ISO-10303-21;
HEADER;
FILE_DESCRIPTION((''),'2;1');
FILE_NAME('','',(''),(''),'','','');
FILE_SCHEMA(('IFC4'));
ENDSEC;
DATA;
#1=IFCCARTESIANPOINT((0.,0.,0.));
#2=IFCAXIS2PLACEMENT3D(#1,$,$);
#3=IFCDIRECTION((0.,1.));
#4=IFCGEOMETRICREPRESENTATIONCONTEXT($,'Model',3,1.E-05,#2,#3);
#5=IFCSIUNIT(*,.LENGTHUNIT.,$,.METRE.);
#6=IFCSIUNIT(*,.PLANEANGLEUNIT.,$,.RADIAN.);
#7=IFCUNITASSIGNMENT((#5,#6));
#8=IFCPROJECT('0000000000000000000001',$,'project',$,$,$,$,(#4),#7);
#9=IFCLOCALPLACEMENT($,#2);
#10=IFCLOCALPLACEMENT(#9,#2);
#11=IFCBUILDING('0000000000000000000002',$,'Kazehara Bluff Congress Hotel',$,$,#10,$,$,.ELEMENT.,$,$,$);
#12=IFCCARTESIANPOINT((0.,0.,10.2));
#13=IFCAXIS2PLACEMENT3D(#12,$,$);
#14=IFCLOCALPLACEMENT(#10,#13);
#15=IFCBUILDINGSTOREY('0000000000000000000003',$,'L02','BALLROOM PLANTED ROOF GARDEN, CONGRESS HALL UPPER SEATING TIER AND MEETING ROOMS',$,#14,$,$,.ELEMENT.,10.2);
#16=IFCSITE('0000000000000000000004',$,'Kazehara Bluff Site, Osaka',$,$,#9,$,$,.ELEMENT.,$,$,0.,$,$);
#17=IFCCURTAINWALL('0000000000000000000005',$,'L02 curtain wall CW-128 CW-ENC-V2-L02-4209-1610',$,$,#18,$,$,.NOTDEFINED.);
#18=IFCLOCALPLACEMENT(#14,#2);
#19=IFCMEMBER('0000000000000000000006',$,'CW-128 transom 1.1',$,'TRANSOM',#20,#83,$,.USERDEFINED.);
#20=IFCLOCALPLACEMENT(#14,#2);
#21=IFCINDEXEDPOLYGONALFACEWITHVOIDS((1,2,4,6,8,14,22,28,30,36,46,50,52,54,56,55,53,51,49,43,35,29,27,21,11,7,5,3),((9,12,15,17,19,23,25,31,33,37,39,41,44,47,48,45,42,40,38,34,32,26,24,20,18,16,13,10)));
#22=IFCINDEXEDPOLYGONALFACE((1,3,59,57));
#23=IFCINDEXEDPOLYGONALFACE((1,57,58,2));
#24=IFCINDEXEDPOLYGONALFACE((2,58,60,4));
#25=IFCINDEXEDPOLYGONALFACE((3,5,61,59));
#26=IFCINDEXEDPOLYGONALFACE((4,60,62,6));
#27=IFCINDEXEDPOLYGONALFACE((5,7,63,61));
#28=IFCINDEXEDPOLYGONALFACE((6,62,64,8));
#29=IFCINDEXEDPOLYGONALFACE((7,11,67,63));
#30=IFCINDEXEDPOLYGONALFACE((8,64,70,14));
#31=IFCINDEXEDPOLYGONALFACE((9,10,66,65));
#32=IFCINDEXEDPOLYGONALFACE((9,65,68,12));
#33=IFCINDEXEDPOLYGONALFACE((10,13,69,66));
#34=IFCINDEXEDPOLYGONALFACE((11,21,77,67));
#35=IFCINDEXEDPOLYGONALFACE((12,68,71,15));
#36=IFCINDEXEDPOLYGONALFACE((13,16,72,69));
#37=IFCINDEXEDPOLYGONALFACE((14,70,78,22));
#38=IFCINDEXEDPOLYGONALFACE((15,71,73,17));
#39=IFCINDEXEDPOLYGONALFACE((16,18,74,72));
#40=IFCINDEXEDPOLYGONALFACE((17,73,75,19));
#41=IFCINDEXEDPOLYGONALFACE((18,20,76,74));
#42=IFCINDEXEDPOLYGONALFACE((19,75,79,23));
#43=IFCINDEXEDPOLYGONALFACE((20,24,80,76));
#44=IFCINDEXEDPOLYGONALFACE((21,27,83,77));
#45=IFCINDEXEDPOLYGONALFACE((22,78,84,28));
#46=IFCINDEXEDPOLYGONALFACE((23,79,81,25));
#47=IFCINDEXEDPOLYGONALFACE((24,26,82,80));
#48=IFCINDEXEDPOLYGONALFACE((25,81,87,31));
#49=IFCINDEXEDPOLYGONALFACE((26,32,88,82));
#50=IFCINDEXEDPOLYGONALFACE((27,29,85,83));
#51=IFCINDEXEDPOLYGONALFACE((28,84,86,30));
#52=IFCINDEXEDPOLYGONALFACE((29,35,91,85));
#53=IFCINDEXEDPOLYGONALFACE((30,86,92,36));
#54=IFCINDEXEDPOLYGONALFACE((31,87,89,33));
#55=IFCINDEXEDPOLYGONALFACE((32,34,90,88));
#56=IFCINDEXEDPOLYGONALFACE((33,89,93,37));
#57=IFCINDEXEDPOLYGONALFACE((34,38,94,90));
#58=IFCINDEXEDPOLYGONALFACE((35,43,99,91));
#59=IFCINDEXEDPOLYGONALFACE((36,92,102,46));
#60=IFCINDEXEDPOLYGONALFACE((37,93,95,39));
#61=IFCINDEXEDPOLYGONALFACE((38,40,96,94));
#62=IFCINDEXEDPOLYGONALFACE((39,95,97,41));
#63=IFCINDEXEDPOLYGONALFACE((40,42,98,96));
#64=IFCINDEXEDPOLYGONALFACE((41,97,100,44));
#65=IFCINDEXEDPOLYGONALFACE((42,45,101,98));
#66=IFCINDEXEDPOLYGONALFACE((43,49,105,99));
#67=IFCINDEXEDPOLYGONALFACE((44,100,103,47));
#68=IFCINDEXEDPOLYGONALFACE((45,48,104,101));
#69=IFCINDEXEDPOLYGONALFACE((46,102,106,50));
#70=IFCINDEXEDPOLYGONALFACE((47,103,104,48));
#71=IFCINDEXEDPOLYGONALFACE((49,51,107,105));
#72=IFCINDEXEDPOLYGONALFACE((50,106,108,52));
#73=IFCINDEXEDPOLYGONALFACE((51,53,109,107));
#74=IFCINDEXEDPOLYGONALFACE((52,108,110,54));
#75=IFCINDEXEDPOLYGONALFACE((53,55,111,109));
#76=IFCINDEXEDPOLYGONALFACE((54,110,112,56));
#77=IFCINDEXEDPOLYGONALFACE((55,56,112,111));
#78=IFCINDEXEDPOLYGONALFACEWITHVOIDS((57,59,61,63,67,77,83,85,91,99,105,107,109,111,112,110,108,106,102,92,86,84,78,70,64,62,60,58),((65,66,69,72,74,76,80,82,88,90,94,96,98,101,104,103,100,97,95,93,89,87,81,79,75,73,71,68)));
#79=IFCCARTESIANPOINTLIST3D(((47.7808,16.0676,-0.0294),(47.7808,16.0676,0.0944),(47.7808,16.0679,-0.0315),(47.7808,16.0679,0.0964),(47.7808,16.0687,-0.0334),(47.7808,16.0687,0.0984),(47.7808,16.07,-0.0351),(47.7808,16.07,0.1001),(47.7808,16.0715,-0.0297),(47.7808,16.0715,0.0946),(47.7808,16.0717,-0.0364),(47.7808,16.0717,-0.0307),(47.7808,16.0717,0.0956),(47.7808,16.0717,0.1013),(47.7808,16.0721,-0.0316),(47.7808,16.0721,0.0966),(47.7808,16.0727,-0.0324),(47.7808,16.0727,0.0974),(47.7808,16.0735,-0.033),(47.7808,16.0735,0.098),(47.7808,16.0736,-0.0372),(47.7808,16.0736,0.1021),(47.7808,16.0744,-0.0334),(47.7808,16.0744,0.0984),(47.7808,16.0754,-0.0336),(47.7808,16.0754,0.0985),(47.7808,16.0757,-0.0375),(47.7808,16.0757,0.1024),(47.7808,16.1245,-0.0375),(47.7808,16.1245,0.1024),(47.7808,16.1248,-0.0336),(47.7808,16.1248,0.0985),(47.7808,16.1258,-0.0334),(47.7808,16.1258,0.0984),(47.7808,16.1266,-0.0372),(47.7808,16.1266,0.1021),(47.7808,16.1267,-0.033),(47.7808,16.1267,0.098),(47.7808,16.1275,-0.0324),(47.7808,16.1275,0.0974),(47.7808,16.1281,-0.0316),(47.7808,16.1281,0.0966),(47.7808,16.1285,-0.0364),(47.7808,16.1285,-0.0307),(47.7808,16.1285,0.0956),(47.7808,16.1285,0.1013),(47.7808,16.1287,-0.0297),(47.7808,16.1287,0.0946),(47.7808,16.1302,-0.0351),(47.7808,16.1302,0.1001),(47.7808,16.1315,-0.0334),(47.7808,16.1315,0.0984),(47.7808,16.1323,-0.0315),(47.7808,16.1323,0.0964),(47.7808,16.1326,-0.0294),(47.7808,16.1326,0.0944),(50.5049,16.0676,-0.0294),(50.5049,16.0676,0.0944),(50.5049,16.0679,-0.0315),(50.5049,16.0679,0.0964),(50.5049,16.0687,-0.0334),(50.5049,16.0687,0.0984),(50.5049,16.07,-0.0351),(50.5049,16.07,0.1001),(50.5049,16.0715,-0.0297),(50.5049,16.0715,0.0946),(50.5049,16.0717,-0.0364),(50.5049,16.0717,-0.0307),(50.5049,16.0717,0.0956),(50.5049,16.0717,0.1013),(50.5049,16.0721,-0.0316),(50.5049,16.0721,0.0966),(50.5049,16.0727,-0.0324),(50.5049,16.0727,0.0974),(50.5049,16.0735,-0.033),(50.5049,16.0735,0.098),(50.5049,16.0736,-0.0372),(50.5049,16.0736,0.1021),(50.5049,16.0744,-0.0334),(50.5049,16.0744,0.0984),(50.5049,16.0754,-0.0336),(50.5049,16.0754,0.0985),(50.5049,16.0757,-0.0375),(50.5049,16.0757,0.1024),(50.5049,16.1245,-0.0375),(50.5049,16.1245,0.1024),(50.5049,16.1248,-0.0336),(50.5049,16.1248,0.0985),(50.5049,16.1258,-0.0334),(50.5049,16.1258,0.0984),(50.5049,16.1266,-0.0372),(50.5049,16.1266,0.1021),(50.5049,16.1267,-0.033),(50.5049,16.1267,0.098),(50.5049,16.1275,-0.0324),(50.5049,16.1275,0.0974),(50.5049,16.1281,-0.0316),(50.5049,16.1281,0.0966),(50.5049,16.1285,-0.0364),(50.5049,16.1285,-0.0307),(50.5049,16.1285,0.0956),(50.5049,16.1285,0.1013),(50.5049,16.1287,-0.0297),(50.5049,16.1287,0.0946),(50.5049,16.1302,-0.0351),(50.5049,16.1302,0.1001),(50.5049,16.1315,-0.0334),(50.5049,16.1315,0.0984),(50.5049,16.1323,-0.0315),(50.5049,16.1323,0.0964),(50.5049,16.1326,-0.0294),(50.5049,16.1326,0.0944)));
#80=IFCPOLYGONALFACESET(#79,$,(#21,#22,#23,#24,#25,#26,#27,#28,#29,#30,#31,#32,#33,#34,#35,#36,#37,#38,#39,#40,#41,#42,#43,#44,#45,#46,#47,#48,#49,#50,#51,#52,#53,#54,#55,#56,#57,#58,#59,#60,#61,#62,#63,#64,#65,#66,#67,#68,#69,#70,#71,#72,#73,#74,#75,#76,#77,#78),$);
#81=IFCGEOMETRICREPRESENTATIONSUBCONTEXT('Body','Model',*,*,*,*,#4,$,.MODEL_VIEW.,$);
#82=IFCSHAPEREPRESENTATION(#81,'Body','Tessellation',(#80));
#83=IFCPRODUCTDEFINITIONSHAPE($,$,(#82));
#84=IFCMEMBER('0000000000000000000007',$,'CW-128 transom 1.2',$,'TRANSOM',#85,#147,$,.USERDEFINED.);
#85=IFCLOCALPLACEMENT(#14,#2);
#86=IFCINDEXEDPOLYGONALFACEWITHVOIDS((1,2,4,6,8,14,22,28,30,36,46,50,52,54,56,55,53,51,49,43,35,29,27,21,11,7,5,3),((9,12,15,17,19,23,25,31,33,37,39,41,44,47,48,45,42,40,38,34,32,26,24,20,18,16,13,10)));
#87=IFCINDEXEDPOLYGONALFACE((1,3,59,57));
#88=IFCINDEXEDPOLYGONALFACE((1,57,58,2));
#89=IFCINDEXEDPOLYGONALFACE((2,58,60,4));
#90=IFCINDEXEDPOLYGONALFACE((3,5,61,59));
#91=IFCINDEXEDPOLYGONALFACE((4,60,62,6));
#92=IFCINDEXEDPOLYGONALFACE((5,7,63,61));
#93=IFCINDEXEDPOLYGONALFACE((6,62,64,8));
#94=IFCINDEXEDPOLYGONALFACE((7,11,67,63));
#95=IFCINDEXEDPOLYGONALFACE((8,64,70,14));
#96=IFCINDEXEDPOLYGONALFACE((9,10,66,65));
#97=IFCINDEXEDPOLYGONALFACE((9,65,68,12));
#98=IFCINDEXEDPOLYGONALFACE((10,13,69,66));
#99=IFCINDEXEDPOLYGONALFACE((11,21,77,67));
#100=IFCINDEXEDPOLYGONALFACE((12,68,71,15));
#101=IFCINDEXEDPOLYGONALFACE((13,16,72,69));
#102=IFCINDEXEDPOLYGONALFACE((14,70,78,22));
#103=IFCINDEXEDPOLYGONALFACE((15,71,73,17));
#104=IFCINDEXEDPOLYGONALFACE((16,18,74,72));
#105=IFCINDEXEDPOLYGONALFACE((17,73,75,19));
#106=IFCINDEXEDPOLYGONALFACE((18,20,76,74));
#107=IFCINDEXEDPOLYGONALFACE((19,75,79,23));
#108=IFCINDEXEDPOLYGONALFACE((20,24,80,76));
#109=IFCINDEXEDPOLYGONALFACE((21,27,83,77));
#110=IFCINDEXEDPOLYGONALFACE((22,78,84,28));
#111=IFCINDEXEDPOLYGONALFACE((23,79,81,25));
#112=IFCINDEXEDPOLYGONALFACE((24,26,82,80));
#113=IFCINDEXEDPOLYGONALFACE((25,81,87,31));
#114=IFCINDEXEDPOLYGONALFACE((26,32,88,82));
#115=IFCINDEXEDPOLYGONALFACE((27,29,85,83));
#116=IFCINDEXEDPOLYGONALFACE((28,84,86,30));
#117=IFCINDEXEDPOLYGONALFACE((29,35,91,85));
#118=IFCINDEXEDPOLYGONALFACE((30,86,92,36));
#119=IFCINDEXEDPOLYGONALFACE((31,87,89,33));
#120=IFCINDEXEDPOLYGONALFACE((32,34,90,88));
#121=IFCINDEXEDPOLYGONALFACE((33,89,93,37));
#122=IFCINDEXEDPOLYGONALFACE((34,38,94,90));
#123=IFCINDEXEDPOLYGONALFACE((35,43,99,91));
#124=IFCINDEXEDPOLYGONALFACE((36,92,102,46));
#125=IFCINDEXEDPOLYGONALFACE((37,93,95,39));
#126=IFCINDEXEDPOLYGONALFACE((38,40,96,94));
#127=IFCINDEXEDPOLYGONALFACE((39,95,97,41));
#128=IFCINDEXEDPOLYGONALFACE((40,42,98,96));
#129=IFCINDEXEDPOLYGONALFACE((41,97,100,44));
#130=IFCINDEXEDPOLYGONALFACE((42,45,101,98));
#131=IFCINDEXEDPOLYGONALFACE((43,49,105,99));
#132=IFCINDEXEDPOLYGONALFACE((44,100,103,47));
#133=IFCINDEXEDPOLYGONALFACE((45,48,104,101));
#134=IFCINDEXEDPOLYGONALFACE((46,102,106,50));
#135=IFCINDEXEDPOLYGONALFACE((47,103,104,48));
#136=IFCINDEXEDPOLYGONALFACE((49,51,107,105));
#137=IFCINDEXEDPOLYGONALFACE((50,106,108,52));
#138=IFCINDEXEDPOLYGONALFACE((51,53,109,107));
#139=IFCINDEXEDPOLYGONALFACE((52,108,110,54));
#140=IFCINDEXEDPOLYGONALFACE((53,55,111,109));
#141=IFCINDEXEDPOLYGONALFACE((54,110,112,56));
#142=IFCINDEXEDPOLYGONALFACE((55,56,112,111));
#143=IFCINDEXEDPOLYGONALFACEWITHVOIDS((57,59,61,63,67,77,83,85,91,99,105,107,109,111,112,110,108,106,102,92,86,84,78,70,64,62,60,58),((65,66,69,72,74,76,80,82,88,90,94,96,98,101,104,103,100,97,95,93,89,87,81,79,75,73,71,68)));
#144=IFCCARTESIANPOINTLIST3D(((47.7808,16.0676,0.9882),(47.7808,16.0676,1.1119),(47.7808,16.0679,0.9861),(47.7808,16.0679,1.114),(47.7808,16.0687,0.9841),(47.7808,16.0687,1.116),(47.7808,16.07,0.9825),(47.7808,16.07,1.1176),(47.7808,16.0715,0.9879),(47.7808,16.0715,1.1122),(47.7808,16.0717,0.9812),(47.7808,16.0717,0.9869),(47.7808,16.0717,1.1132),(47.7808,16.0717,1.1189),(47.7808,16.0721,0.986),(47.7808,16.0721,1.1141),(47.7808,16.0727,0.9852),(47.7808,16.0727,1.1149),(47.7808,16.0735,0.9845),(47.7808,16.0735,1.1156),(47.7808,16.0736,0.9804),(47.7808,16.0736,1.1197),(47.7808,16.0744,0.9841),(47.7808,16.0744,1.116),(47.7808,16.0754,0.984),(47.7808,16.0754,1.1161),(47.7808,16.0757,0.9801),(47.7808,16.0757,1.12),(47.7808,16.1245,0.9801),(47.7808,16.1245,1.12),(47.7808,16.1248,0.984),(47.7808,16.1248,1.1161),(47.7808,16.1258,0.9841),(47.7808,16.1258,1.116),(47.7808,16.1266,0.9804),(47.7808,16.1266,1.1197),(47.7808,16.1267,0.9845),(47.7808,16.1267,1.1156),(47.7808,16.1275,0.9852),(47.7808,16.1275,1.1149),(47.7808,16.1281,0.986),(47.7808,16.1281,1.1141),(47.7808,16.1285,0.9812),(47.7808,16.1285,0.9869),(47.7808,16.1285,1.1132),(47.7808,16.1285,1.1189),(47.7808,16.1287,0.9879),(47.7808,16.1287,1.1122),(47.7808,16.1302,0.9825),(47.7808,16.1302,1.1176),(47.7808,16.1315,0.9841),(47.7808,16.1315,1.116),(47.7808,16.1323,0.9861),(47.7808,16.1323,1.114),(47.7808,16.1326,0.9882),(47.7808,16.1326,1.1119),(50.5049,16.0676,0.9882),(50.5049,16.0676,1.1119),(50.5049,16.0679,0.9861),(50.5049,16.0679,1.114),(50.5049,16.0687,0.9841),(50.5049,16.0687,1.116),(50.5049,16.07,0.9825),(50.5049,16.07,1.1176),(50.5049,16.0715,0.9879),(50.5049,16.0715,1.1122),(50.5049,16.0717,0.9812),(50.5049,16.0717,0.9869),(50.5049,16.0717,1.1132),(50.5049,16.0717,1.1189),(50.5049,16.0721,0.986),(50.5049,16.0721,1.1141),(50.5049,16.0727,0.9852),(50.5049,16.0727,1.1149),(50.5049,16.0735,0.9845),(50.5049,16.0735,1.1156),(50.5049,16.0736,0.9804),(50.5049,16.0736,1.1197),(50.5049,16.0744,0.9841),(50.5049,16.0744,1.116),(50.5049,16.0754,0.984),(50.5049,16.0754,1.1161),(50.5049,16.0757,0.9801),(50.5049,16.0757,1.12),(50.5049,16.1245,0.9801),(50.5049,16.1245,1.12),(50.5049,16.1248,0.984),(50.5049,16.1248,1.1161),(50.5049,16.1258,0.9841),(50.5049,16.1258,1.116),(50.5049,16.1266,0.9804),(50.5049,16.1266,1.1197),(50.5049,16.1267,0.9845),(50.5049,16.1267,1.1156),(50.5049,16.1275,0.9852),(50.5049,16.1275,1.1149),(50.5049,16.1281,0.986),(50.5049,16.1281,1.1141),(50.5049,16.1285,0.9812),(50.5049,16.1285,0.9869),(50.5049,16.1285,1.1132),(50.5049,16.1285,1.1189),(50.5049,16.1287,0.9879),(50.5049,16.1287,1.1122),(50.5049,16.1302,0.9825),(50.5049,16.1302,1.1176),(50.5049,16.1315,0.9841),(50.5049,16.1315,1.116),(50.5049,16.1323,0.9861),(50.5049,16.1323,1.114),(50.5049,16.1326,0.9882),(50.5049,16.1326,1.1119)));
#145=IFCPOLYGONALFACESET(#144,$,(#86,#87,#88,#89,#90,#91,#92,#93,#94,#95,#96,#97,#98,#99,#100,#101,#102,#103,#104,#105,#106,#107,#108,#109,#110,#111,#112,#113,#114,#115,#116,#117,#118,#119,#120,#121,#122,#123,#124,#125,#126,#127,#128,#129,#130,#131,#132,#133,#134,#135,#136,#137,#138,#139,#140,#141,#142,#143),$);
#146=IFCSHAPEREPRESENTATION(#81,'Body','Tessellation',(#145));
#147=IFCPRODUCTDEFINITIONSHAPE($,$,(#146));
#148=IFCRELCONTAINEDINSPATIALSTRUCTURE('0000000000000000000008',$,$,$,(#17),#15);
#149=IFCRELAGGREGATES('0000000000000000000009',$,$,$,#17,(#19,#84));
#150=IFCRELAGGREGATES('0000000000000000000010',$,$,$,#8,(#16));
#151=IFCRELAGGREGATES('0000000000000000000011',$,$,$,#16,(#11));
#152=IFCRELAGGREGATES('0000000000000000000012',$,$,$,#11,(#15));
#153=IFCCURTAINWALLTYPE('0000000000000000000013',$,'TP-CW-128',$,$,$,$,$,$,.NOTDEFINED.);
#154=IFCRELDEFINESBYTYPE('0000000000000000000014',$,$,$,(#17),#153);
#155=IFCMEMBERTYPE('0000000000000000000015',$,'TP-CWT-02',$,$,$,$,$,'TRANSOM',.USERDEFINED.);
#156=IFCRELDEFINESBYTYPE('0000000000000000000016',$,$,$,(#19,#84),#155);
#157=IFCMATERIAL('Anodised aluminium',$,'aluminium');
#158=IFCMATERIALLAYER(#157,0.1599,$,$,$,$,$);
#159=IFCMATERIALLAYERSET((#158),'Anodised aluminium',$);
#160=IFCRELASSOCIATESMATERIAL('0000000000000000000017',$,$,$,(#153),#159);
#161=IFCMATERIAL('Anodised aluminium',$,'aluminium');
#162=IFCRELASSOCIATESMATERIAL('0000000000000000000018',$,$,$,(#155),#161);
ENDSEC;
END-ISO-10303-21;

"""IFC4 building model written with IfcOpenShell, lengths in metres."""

from ifc_helpers import new_model, si_unit, direction, frame, origin, origin_2d, place, context, subcontext, project, spatial, hollow_rectangle, extrude, material, layer, layer_set, material_profile, profile_set, type_object, element, aggregate, save


model = new_model("IFC4")

# Units and contexts
model_context = context("Model", 3, precision=1e-05, world=origin(), true_north=direction((0.0, 1.0)))
body_context = subcontext(model_context, "Body", "Model", "MODEL_VIEW")
ifc_project = project(units=[si_unit("LENGTHUNIT", "METRE"), si_unit("PLANEANGLEUNIT", "RADIAN")], contexts=[model_context])

# Site, building, storey
site_placement = place(None, origin())
site = spatial("IfcSite", under=ifc_project, at=site_placement, Name="Kazehara Bluff Site, Osaka", CompositionType="ELEMENT", RefElevation=0.0)
building_placement = place(site_placement, origin())
building = spatial("IfcBuilding", under=site, at=building_placement, Name="Kazehara Bluff Congress Hotel", CompositionType="ELEMENT")
storey_placement = place(building_placement, frame((0.0, 0.0, 10.2)))
storey = spatial("IfcBuildingStorey", under=building, at=storey_placement, Name="L02", Description="BALLROOM PLANTED ROOF GARDEN, CONGRESS HALL UPPER SEATING TIER AND MEETING ROOMS", CompositionType="ELEMENT", Elevation=10.2)

# Curtain wall, members
ifc_material_1 = material(Name="Anodised aluminium", Category="aluminium")
ifc_layer_1 = layer(ifc_material_1, 0.1599)
ifc_layer_set_1 = layer_set([ifc_layer_1], Name="Anodised aluminium")
curtain_wall_type = type_object("IfcCurtainWallType", Name="TP-CW-128", PredefinedType="NOTDEFINED", material=ifc_layer_set_1)
curtain_wall_placement = place(storey_placement, origin())
curtain_wall = element("IfcCurtainWall", 1, at=curtain_wall_placement, inside=storey, type_object=curtain_wall_type, Name="L02 curtain wall CW-128 CW-ENC-V2-L02-4209-1610", PredefinedType="NOTDEFINED")
ifc_material_2 = material(Name="Anodised aluminium", Category="aluminium")
ifc_material_profile_1 = material_profile(ifc_material_2, hollow_rectangle(XDim=0.0649, YDim=0.1399, WallThickness=0.0039, InnerFilletRadius=0.0039, OuterFilletRadius=0.0081, at=origin_2d()))
ifc_profile_set_1 = profile_set([ifc_material_profile_1], Name="Anodised aluminium")
member_type_1 = type_object("IfcMemberType", Name="TP-CWT-02", ElementType="TRANSOM", PredefinedType="USERDEFINED", material=ifc_profile_set_1)
member_1_placement = place(storey_placement, frame((50.5049, 16.1001, 0.0325), z_axis=(-1.0, 0.0, 0.0), x_axis=(0.0, -1.0, 0.0)))
member_1 = element("IfcMember", 2, at=member_1_placement, type_object=member_type_1, Name="CW-128 transom 1.1", ObjectType="TRANSOM", PredefinedType="USERDEFINED", context=body_context, shape_type="SweptSolid", body=[
    extrude(hollow_rectangle(XDim=0.0649, YDim=0.1399, WallThickness=0.0039, InnerFilletRadius=0.0039, OuterFilletRadius=0.0081, at=origin_2d()), origin(), (0.0, 0.0, 1.0), 2.7241),
])
member_2_placement = place(storey_placement, frame((50.5049, 16.1001, 1.05), z_axis=(-1.0, 0.0, 0.0), x_axis=(0.0, -1.0, 0.0)))
member_2 = element("IfcMember", 3, at=member_2_placement, type_object=member_type_1, Name="CW-128 transom 1.2", ObjectType="TRANSOM", PredefinedType="USERDEFINED", context=body_context, shape_type="SweptSolid", body=[
    extrude(hollow_rectangle(XDim=0.0649, YDim=0.1399, WallThickness=0.0039, InnerFilletRadius=0.0039, OuterFilletRadius=0.0081, at=origin_2d()), origin(), (0.0, 0.0, 1.0), 2.7241),
])

aggregate(curtain_wall, [member_1, member_2])

save(model, "model.ifc")
